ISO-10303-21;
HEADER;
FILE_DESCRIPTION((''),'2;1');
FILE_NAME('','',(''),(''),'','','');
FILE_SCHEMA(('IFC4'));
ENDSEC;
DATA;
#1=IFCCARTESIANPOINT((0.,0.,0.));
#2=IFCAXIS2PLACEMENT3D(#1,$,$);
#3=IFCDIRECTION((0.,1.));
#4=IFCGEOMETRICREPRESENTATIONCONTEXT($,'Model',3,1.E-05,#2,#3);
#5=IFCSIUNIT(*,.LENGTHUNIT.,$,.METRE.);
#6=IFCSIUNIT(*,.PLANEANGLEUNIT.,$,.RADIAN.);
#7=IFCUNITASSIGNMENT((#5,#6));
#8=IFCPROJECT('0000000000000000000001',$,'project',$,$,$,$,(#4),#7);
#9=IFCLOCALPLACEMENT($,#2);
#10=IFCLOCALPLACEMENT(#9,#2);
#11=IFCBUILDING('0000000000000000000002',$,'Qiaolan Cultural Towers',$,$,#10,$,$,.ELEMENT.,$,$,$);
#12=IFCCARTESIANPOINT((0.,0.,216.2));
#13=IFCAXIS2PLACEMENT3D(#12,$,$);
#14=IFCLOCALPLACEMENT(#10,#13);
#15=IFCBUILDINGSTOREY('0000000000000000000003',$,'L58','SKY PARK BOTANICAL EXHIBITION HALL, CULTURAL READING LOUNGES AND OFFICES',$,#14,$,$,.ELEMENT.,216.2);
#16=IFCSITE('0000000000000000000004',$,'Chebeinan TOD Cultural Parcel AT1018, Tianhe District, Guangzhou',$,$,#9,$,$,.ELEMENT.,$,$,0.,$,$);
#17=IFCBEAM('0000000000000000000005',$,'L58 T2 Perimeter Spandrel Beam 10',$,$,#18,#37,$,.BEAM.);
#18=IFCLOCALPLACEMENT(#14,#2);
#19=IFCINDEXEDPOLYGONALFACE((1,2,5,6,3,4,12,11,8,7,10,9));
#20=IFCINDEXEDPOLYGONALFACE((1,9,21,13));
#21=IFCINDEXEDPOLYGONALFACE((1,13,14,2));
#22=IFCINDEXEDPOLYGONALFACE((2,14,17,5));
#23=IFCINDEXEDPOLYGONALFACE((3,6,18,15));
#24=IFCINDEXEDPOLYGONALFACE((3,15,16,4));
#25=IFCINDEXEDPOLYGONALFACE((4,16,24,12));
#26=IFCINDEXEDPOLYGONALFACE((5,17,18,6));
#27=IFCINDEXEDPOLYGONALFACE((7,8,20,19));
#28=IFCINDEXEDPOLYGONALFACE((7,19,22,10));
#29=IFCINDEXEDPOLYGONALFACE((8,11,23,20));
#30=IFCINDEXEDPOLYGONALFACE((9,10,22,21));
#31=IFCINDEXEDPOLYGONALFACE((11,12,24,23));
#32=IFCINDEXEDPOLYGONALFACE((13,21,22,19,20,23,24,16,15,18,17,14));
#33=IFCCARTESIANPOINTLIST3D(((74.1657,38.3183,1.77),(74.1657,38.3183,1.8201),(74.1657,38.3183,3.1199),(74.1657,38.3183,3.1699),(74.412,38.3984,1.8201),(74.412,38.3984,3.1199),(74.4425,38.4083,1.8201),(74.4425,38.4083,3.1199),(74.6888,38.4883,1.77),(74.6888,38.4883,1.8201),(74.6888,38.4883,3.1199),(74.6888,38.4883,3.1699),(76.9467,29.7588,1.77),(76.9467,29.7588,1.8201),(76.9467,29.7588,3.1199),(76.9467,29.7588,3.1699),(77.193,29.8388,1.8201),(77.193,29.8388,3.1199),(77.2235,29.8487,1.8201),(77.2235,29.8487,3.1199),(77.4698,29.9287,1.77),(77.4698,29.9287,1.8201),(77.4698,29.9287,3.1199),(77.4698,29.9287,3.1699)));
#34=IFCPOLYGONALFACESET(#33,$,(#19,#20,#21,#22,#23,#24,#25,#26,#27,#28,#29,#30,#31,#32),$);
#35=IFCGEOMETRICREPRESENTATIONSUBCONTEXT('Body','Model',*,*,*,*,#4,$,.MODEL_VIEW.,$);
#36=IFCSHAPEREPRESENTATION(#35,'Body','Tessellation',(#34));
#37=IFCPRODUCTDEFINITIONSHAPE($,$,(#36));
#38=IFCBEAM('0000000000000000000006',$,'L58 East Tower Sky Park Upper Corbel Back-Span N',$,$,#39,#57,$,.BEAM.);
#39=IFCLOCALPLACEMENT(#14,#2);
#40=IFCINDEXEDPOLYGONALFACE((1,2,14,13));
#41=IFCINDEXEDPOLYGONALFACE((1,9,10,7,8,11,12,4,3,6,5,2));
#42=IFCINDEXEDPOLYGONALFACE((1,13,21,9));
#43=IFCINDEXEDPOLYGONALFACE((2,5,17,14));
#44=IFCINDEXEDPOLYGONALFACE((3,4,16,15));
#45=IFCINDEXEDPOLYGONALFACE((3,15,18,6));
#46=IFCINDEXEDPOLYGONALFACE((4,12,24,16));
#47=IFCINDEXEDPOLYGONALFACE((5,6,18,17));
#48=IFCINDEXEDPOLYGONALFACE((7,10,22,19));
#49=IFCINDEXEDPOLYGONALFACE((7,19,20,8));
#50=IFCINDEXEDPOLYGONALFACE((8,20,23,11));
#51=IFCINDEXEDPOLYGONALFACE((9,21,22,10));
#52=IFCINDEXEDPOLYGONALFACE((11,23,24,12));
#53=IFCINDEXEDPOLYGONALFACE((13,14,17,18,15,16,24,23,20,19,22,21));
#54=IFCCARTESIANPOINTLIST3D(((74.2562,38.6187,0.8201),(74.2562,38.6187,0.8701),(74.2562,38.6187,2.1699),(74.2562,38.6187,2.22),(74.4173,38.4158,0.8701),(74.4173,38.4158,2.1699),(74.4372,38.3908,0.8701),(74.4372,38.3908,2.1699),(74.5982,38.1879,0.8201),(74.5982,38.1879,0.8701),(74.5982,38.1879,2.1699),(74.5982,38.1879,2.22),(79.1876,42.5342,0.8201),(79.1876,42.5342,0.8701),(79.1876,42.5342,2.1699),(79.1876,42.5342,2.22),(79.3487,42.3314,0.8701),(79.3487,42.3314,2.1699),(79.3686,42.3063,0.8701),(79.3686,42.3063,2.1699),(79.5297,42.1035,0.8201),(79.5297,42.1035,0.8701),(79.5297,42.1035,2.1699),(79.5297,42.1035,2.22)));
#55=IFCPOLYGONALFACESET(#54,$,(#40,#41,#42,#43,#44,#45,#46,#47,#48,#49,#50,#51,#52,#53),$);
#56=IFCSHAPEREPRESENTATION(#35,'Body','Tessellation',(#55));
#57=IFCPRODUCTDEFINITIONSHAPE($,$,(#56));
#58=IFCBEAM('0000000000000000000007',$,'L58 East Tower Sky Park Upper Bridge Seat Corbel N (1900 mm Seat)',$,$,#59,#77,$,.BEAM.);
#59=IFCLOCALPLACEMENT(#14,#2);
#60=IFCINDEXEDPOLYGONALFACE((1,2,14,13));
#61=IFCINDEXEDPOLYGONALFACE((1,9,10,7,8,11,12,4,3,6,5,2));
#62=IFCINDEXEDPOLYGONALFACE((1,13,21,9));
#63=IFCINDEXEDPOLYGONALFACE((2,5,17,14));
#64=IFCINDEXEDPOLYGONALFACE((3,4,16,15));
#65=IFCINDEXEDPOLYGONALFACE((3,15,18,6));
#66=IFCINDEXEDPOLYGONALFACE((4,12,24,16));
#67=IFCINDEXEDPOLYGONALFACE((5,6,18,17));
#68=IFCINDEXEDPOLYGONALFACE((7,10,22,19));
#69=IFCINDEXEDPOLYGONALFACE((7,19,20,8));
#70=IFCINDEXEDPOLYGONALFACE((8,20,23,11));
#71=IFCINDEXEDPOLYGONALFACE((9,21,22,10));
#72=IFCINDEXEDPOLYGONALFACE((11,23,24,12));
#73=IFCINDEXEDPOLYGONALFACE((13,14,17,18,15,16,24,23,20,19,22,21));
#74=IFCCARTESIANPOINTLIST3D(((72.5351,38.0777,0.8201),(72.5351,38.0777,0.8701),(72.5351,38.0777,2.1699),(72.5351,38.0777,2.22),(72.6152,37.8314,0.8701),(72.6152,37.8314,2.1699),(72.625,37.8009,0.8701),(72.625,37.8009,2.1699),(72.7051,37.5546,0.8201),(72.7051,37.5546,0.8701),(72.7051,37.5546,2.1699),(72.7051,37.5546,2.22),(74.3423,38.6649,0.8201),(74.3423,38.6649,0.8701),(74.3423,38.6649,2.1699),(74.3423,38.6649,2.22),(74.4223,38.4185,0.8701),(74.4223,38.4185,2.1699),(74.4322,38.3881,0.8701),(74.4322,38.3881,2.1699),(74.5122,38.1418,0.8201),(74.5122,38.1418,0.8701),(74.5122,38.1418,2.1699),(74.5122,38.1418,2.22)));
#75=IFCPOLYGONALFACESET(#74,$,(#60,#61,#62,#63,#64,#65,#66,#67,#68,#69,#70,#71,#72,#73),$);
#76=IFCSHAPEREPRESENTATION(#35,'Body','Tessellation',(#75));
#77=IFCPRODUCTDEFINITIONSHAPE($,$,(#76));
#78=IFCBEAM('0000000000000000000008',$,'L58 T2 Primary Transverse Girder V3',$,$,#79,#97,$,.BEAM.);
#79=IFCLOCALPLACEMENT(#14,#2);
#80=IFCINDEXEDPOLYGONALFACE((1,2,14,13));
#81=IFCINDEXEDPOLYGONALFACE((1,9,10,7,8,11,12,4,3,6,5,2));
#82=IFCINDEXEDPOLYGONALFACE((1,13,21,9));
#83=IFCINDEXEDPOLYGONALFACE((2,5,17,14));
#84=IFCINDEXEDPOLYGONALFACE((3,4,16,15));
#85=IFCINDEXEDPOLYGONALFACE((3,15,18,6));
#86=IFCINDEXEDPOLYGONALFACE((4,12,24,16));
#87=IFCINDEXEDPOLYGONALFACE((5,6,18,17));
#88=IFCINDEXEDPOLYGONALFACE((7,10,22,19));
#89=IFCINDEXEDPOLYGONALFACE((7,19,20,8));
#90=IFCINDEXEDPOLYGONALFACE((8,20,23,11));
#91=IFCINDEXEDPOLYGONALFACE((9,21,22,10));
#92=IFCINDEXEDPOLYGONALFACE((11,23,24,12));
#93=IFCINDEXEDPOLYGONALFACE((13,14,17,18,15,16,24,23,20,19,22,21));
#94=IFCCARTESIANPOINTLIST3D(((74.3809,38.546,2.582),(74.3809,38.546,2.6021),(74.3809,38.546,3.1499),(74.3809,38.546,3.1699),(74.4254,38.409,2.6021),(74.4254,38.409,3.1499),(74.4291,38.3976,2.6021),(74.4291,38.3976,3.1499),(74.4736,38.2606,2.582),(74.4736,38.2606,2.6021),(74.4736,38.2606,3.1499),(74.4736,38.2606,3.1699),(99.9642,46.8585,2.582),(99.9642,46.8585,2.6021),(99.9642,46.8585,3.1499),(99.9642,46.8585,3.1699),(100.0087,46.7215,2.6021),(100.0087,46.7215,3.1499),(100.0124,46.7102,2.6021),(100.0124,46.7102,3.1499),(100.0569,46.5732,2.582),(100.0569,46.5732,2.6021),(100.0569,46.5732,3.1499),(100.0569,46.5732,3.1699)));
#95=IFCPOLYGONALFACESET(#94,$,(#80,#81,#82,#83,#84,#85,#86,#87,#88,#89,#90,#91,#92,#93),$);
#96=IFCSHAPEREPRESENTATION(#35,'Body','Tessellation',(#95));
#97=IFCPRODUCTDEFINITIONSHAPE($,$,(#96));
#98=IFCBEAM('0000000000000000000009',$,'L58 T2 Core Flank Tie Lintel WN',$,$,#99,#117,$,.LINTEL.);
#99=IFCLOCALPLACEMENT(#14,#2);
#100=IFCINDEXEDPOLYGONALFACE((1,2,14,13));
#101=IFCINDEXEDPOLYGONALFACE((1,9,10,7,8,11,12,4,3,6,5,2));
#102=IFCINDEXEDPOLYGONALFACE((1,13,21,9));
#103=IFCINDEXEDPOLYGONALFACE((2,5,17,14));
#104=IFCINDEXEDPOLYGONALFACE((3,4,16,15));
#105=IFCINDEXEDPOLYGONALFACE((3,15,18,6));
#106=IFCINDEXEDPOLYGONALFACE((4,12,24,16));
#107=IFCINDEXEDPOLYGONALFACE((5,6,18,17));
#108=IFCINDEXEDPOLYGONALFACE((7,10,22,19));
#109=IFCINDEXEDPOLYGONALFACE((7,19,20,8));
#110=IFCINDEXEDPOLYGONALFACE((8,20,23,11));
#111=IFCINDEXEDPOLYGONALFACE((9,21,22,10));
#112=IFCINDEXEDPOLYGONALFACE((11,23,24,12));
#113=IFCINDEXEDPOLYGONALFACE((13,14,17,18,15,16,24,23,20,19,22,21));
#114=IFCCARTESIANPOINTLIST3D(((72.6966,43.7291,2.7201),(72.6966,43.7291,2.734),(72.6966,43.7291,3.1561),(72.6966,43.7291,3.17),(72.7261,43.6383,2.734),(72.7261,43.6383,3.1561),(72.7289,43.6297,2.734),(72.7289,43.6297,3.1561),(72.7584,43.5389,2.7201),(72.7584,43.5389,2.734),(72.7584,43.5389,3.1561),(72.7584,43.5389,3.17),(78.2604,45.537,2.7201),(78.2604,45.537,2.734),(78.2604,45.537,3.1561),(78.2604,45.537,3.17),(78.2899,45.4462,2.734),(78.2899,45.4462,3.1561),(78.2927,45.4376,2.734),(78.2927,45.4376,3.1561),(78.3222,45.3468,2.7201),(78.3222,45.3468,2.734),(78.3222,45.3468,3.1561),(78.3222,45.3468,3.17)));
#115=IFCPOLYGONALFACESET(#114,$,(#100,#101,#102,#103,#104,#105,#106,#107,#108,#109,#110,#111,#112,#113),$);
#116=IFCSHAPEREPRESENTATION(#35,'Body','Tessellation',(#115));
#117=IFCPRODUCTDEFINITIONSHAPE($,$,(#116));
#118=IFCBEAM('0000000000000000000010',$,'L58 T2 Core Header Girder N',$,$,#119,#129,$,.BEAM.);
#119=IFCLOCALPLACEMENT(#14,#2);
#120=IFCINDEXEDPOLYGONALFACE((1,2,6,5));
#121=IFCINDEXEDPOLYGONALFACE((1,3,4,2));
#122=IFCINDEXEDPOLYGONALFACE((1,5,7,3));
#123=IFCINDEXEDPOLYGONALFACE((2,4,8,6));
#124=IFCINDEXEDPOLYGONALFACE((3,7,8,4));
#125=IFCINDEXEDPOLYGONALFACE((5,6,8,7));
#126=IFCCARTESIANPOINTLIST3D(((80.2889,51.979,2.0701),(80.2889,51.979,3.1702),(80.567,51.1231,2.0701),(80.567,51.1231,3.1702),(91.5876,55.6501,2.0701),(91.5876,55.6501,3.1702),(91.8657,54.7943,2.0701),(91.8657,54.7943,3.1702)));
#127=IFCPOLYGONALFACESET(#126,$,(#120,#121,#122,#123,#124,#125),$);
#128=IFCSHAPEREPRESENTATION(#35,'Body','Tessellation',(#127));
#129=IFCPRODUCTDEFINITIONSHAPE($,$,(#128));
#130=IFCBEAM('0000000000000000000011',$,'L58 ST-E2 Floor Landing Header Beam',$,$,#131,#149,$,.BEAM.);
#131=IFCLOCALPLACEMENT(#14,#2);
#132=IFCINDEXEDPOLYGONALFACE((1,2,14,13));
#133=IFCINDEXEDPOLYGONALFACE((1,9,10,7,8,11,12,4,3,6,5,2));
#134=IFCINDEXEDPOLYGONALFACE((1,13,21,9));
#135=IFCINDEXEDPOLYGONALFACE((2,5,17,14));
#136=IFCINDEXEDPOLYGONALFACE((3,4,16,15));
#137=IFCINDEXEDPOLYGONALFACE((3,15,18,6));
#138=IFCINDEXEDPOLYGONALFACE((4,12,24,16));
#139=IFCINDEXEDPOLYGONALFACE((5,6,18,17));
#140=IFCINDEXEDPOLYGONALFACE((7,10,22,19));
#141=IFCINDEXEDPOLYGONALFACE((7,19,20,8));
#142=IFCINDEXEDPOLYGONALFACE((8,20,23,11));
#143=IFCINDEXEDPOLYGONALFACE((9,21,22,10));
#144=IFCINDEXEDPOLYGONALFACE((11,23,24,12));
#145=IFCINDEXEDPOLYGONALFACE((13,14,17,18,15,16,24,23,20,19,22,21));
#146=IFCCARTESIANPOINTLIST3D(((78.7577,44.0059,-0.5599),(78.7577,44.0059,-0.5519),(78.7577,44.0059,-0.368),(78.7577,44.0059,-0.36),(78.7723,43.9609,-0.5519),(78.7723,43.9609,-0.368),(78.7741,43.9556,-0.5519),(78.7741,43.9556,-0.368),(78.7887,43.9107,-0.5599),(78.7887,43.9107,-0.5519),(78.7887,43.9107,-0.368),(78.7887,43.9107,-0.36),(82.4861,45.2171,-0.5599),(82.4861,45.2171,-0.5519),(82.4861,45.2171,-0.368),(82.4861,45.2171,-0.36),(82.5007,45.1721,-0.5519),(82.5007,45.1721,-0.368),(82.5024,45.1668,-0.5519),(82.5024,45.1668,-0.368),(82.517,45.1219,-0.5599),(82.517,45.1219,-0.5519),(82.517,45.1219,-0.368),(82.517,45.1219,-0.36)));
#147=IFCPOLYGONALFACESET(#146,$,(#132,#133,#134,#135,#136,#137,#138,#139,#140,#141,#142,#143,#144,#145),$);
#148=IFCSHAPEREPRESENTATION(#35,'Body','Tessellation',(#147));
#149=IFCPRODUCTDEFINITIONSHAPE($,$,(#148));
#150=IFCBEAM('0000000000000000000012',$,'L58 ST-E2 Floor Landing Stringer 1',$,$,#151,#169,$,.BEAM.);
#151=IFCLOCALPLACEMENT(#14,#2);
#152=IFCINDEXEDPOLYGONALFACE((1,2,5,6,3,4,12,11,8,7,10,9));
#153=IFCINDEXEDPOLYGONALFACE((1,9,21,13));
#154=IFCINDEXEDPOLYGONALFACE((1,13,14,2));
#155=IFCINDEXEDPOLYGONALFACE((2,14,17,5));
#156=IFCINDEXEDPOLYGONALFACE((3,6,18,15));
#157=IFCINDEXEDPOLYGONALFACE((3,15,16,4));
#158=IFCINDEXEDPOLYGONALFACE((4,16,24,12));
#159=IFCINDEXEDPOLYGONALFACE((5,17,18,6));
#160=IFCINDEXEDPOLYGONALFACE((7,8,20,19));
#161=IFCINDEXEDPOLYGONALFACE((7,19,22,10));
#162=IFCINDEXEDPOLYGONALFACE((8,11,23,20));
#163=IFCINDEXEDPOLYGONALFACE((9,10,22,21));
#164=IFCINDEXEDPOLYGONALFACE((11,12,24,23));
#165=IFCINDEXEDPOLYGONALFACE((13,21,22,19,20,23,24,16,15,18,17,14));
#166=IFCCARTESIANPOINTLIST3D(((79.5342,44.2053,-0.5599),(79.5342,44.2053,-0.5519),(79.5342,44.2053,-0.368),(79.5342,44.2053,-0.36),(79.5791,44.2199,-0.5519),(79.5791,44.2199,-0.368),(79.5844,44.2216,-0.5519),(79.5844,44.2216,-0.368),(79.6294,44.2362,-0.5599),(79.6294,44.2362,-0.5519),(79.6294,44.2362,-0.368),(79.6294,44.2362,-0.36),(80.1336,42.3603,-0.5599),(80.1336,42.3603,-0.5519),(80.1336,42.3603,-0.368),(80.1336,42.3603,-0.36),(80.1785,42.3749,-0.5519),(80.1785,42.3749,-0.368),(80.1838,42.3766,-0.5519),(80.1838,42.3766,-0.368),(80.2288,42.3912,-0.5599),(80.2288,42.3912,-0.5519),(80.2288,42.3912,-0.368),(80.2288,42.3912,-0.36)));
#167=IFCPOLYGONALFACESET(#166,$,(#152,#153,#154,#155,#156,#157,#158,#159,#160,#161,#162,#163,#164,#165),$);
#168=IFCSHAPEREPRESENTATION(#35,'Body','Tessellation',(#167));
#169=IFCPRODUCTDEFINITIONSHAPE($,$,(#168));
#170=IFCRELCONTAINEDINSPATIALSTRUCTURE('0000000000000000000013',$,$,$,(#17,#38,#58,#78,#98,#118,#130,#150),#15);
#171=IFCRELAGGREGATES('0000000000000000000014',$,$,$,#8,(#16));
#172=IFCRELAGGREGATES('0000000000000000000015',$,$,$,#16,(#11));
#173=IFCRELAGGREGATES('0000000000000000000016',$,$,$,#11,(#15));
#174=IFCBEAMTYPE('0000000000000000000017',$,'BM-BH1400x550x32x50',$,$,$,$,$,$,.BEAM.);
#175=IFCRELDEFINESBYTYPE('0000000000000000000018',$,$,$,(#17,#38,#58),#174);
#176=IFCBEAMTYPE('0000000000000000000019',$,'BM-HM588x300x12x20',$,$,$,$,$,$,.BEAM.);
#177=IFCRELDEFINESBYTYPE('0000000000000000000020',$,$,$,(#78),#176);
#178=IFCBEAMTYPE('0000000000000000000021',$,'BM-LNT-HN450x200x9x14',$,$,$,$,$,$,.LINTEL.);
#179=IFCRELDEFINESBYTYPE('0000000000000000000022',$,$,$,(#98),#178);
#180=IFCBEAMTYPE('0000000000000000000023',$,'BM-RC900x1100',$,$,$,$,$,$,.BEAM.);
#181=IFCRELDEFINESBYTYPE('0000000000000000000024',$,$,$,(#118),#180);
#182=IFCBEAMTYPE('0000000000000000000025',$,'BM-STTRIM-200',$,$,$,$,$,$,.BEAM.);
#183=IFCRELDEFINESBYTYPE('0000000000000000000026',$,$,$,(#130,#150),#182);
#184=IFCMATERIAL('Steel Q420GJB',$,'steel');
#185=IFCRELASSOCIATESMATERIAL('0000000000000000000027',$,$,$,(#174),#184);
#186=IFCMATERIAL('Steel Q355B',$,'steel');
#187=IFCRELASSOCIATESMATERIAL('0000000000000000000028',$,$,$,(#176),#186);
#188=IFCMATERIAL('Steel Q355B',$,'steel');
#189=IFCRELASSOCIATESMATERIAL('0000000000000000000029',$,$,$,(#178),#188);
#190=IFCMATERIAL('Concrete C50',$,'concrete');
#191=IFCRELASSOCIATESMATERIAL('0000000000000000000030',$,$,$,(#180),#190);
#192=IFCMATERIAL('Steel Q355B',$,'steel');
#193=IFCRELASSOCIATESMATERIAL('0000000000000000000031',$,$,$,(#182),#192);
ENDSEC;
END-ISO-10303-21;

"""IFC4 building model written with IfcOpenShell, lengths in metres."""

from ifc_helpers import new_model, si_unit, direction, frame, origin, origin_2d, place, context, subcontext, project, spatial, rectangle, i_section, extrude, material, material_profile, profile_set, type_object, element, save


model = new_model("IFC4")

# Units and contexts
model_context = context("Model", 3, precision=1e-05, world=origin(), true_north=direction((0.0, 1.0)))
body_context = subcontext(model_context, "Body", "Model", "MODEL_VIEW")
ifc_project = project(units=[si_unit("LENGTHUNIT", "METRE"), si_unit("PLANEANGLEUNIT", "RADIAN")], contexts=[model_context])

# Site, building, storey
site_placement = place(None, origin())
site = spatial("IfcSite", under=ifc_project, at=site_placement, Name="Chebeinan TOD Cultural Parcel AT1018, Tianhe District, Guangzhou", CompositionType="ELEMENT", RefElevation=0.0)
building_placement = place(site_placement, origin())
building = spatial("IfcBuilding", under=site, at=building_placement, Name="Qiaolan Cultural Towers", CompositionType="ELEMENT")
storey_placement = place(building_placement, frame((0.0, 0.0, 216.2)))
storey = spatial("IfcBuildingStorey", under=building, at=storey_placement, Name="L58", Description="SKY PARK BOTANICAL EXHIBITION HALL, CULTURAL READING LOUNGES AND OFFICES", CompositionType="ELEMENT", Elevation=216.2)

# Beams
ifc_material_1 = material(Name="Steel Q420GJB", Category="steel")
ifc_material_profile_1 = material_profile(ifc_material_1, i_section(OverallWidth=0.55, OverallDepth=1.3999, WebThickness=0.032, FlangeThickness=0.05, at=origin_2d()), Name="BH1400x550x32x50")
ifc_profile_set_1 = profile_set([ifc_material_profile_1], Name="Steel Q420GJB")
beam_type_1 = type_object("IfcBeamType", Name="BM-BH1400x550x32x50", PredefinedType="BEAM", material=ifc_profile_set_1)
beam_1_placement = place(storey_placement, frame((74.4272, 38.4033, 2.47), z_axis=(0.309, -0.951062, 0.0), x_axis=(0.951062, 0.309, 0.0)))
element("IfcBeam", 1, at=beam_1_placement, inside=storey, type_object=beam_type_1, Name="L58 T2 Perimeter Spandrel Beam 10", PredefinedType="BEAM", context=body_context, shape_type="SweptSolid", body=[
    extrude(i_section(OverallWidth=0.55, OverallDepth=1.3999, WebThickness=0.032, FlangeThickness=0.05, at=origin_2d()), origin(), (0.0, 0.0, 1.0), 9.0),
])
beam_2_placement = place(storey_placement, frame((79.3586, 42.3188, 1.52), z_axis=(-0.783156, -0.621825, 0.0), x_axis=(0.621825, -0.783156, 0.0)))
element("IfcBeam", 2, at=beam_2_placement, inside=storey, type_object=beam_type_1, Name="L58 East Tower Sky Park Upper Corbel Back-Span N", PredefinedType="BEAM", context=body_context, shape_type="SweptSolid", body=[
    extrude(i_section(OverallWidth=0.55, OverallDepth=1.3999, WebThickness=0.032, FlangeThickness=0.05, at=origin_2d()), origin(), (0.0, 0.0, 1.0), 6.2969),
])
beam_3_placement = place(storey_placement, frame((74.4272, 38.4033, 1.52), z_axis=(-0.951059, -0.309011, 0.0), x_axis=(0.309011, -0.951059, 0.0)))
element("IfcBeam", 3, at=beam_3_placement, inside=storey, type_object=beam_type_1, Name="L58 East Tower Sky Park Upper Bridge Seat Corbel N (1900 mm Seat)", PredefinedType="BEAM", context=body_context, shape_type="SweptSolid", body=[
    extrude(i_section(OverallWidth=0.55, OverallDepth=1.3999, WebThickness=0.032, FlangeThickness=0.05, at=origin_2d()), origin(), (0.0, 0.0, 1.0), 1.9001),
])
ifc_material_2 = material(Name="Steel Q355B", Category="steel")
ifc_material_profile_2 = material_profile(ifc_material_2, i_section(OverallWidth=0.3, OverallDepth=0.5879, WebThickness=0.012, FlangeThickness=0.02, at=origin_2d()), Name="HM588x300x12x20")
ifc_profile_set_2 = profile_set([ifc_material_profile_2], Name="Steel Q355B")
beam_type_2 = type_object("IfcBeamType", Name="BM-HM588x300x12x20", PredefinedType="BEAM", material=ifc_profile_set_2)
beam_4_placement = place(storey_placement, frame((74.4272, 38.4033, 2.876), z_axis=(0.951057, 0.309017, 0.0), x_axis=(-0.309017, 0.951057, 0.0)))
element("IfcBeam", 4, at=beam_4_placement, inside=storey, type_object=beam_type_2, Name="L58 T2 Primary Transverse Girder V3", PredefinedType="BEAM", context=body_context, shape_type="SweptSolid", body=[
    extrude(i_section(OverallWidth=0.3, OverallDepth=0.5879, WebThickness=0.012, FlangeThickness=0.02, at=origin_2d()), origin(), (0.0, 0.0, 1.0), 26.8999),
])
ifc_material_3 = material(Name="Steel Q355B", Category="steel")
ifc_material_profile_3 = material_profile(ifc_material_3, i_section(OverallWidth=0.2, OverallDepth=0.45, WebThickness=0.009, FlangeThickness=0.0139, at=origin_2d()), Name="HN450x200x9x14")
ifc_profile_set_3 = profile_set([ifc_material_profile_3], Name="Steel Q355B")
beam_type_3 = type_object("IfcBeamType", Name="BM-LNT-HN450x200x9x14", PredefinedType="LINTEL", material=ifc_profile_set_3)
beam_5_placement = place(storey_placement, frame((78.2913, 45.4419, 2.9451), z_axis=(-0.951052, -0.309032, 0.0), x_axis=(0.309032, -0.951052, 0.0)))
element("IfcBeam", 5, at=beam_5_placement, inside=storey, type_object=beam_type_3, Name="L58 T2 Core Flank Tie Lintel WN", PredefinedType="LINTEL", context=body_context, shape_type="SweptSolid", body=[
    extrude(i_section(OverallWidth=0.2, OverallDepth=0.45, WebThickness=0.009, FlangeThickness=0.0139, at=origin_2d()), origin(), (0.0, 0.0, 1.0), 5.8501),
])
ifc_material_4 = material(Name="Concrete C50", Category="concrete")
ifc_material_profile_4 = material_profile(ifc_material_4, rectangle(XDim=0.8999, YDim=1.1001, at=origin_2d()), Name="RC900x1100")
ifc_profile_set_4 = profile_set([ifc_material_profile_4], Name="Concrete C50")
beam_type_4 = type_object("IfcBeamType", Name="BM-RC900x1100", PredefinedType="BEAM", material=ifc_profile_set_4)
beam_6_placement = place(storey_placement, frame((80.428, 51.551, 2.6201), z_axis=(0.951056, 0.309018, 0.0), x_axis=(-0.309018, 0.951056, 0.0)))
element("IfcBeam", 6, at=beam_6_placement, inside=storey, type_object=beam_type_4, Name="L58 T2 Core Header Girder N", PredefinedType="BEAM", context=body_context, shape_type="SweptSolid", body=[
    extrude(rectangle(XDim=0.8999, YDim=1.1001, at=origin_2d()), origin(), (0.0, 0.0, 1.0), 11.8801),
])
ifc_material_5 = material(Name="Steel Q355B", Category="steel")
ifc_material_profile_5 = material_profile(ifc_material_5, i_section(OverallWidth=0.1001, OverallDepth=0.2, WebThickness=0.0056, FlangeThickness=0.0081, at=origin_2d()), Name="HN200x100x5.5x8")
ifc_profile_set_5 = profile_set([ifc_material_profile_5], Name="Steel Q355B")
beam_type_5 = type_object("IfcBeamType", Name="BM-STTRIM-200", PredefinedType="BEAM", material=ifc_profile_set_5)
beam_7_placement = place(storey_placement, frame((78.7732, 43.9583, -0.46), z_axis=(0.951072, 0.308969, 0.0), x_axis=(-0.308969, 0.951072, 0.0)))
element("IfcBeam", 7, at=beam_7_placement, inside=storey, type_object=beam_type_5, Name="L58 ST-E2 Floor Landing Header Beam", PredefinedType="BEAM", context=body_context, shape_type="SweptSolid", body=[
    extrude(i_section(OverallWidth=0.1001, OverallDepth=0.2, WebThickness=0.0056, FlangeThickness=0.0081, at=origin_2d()), origin(), (0.0, 0.0, 1.0), 3.9202),
])
for number, where, z_axis, x_axis, name in (
    (8, (80.1812, 42.3757, -0.46), (-0.308969, 0.951072, 0.0), (-0.951072, -0.308969, 0.0), "L58 ST-E2 Floor Landing Stringer 1"),
):
    element("IfcBeam", number, at=place(storey_placement, frame(where, z_axis=z_axis, x_axis=x_axis)), inside=storey, type_object=beam_type_5, Name=name, PredefinedType="BEAM", context=body_context, shape_type="SweptSolid", body=[
        extrude(i_section(OverallWidth=0.1001, OverallDepth=0.2, WebThickness=0.0056, FlangeThickness=0.0081, at=origin_2d()), origin(), (0.0, 0.0, 1.0), 1.9399),
    ])

save(model, "model.ifc")
